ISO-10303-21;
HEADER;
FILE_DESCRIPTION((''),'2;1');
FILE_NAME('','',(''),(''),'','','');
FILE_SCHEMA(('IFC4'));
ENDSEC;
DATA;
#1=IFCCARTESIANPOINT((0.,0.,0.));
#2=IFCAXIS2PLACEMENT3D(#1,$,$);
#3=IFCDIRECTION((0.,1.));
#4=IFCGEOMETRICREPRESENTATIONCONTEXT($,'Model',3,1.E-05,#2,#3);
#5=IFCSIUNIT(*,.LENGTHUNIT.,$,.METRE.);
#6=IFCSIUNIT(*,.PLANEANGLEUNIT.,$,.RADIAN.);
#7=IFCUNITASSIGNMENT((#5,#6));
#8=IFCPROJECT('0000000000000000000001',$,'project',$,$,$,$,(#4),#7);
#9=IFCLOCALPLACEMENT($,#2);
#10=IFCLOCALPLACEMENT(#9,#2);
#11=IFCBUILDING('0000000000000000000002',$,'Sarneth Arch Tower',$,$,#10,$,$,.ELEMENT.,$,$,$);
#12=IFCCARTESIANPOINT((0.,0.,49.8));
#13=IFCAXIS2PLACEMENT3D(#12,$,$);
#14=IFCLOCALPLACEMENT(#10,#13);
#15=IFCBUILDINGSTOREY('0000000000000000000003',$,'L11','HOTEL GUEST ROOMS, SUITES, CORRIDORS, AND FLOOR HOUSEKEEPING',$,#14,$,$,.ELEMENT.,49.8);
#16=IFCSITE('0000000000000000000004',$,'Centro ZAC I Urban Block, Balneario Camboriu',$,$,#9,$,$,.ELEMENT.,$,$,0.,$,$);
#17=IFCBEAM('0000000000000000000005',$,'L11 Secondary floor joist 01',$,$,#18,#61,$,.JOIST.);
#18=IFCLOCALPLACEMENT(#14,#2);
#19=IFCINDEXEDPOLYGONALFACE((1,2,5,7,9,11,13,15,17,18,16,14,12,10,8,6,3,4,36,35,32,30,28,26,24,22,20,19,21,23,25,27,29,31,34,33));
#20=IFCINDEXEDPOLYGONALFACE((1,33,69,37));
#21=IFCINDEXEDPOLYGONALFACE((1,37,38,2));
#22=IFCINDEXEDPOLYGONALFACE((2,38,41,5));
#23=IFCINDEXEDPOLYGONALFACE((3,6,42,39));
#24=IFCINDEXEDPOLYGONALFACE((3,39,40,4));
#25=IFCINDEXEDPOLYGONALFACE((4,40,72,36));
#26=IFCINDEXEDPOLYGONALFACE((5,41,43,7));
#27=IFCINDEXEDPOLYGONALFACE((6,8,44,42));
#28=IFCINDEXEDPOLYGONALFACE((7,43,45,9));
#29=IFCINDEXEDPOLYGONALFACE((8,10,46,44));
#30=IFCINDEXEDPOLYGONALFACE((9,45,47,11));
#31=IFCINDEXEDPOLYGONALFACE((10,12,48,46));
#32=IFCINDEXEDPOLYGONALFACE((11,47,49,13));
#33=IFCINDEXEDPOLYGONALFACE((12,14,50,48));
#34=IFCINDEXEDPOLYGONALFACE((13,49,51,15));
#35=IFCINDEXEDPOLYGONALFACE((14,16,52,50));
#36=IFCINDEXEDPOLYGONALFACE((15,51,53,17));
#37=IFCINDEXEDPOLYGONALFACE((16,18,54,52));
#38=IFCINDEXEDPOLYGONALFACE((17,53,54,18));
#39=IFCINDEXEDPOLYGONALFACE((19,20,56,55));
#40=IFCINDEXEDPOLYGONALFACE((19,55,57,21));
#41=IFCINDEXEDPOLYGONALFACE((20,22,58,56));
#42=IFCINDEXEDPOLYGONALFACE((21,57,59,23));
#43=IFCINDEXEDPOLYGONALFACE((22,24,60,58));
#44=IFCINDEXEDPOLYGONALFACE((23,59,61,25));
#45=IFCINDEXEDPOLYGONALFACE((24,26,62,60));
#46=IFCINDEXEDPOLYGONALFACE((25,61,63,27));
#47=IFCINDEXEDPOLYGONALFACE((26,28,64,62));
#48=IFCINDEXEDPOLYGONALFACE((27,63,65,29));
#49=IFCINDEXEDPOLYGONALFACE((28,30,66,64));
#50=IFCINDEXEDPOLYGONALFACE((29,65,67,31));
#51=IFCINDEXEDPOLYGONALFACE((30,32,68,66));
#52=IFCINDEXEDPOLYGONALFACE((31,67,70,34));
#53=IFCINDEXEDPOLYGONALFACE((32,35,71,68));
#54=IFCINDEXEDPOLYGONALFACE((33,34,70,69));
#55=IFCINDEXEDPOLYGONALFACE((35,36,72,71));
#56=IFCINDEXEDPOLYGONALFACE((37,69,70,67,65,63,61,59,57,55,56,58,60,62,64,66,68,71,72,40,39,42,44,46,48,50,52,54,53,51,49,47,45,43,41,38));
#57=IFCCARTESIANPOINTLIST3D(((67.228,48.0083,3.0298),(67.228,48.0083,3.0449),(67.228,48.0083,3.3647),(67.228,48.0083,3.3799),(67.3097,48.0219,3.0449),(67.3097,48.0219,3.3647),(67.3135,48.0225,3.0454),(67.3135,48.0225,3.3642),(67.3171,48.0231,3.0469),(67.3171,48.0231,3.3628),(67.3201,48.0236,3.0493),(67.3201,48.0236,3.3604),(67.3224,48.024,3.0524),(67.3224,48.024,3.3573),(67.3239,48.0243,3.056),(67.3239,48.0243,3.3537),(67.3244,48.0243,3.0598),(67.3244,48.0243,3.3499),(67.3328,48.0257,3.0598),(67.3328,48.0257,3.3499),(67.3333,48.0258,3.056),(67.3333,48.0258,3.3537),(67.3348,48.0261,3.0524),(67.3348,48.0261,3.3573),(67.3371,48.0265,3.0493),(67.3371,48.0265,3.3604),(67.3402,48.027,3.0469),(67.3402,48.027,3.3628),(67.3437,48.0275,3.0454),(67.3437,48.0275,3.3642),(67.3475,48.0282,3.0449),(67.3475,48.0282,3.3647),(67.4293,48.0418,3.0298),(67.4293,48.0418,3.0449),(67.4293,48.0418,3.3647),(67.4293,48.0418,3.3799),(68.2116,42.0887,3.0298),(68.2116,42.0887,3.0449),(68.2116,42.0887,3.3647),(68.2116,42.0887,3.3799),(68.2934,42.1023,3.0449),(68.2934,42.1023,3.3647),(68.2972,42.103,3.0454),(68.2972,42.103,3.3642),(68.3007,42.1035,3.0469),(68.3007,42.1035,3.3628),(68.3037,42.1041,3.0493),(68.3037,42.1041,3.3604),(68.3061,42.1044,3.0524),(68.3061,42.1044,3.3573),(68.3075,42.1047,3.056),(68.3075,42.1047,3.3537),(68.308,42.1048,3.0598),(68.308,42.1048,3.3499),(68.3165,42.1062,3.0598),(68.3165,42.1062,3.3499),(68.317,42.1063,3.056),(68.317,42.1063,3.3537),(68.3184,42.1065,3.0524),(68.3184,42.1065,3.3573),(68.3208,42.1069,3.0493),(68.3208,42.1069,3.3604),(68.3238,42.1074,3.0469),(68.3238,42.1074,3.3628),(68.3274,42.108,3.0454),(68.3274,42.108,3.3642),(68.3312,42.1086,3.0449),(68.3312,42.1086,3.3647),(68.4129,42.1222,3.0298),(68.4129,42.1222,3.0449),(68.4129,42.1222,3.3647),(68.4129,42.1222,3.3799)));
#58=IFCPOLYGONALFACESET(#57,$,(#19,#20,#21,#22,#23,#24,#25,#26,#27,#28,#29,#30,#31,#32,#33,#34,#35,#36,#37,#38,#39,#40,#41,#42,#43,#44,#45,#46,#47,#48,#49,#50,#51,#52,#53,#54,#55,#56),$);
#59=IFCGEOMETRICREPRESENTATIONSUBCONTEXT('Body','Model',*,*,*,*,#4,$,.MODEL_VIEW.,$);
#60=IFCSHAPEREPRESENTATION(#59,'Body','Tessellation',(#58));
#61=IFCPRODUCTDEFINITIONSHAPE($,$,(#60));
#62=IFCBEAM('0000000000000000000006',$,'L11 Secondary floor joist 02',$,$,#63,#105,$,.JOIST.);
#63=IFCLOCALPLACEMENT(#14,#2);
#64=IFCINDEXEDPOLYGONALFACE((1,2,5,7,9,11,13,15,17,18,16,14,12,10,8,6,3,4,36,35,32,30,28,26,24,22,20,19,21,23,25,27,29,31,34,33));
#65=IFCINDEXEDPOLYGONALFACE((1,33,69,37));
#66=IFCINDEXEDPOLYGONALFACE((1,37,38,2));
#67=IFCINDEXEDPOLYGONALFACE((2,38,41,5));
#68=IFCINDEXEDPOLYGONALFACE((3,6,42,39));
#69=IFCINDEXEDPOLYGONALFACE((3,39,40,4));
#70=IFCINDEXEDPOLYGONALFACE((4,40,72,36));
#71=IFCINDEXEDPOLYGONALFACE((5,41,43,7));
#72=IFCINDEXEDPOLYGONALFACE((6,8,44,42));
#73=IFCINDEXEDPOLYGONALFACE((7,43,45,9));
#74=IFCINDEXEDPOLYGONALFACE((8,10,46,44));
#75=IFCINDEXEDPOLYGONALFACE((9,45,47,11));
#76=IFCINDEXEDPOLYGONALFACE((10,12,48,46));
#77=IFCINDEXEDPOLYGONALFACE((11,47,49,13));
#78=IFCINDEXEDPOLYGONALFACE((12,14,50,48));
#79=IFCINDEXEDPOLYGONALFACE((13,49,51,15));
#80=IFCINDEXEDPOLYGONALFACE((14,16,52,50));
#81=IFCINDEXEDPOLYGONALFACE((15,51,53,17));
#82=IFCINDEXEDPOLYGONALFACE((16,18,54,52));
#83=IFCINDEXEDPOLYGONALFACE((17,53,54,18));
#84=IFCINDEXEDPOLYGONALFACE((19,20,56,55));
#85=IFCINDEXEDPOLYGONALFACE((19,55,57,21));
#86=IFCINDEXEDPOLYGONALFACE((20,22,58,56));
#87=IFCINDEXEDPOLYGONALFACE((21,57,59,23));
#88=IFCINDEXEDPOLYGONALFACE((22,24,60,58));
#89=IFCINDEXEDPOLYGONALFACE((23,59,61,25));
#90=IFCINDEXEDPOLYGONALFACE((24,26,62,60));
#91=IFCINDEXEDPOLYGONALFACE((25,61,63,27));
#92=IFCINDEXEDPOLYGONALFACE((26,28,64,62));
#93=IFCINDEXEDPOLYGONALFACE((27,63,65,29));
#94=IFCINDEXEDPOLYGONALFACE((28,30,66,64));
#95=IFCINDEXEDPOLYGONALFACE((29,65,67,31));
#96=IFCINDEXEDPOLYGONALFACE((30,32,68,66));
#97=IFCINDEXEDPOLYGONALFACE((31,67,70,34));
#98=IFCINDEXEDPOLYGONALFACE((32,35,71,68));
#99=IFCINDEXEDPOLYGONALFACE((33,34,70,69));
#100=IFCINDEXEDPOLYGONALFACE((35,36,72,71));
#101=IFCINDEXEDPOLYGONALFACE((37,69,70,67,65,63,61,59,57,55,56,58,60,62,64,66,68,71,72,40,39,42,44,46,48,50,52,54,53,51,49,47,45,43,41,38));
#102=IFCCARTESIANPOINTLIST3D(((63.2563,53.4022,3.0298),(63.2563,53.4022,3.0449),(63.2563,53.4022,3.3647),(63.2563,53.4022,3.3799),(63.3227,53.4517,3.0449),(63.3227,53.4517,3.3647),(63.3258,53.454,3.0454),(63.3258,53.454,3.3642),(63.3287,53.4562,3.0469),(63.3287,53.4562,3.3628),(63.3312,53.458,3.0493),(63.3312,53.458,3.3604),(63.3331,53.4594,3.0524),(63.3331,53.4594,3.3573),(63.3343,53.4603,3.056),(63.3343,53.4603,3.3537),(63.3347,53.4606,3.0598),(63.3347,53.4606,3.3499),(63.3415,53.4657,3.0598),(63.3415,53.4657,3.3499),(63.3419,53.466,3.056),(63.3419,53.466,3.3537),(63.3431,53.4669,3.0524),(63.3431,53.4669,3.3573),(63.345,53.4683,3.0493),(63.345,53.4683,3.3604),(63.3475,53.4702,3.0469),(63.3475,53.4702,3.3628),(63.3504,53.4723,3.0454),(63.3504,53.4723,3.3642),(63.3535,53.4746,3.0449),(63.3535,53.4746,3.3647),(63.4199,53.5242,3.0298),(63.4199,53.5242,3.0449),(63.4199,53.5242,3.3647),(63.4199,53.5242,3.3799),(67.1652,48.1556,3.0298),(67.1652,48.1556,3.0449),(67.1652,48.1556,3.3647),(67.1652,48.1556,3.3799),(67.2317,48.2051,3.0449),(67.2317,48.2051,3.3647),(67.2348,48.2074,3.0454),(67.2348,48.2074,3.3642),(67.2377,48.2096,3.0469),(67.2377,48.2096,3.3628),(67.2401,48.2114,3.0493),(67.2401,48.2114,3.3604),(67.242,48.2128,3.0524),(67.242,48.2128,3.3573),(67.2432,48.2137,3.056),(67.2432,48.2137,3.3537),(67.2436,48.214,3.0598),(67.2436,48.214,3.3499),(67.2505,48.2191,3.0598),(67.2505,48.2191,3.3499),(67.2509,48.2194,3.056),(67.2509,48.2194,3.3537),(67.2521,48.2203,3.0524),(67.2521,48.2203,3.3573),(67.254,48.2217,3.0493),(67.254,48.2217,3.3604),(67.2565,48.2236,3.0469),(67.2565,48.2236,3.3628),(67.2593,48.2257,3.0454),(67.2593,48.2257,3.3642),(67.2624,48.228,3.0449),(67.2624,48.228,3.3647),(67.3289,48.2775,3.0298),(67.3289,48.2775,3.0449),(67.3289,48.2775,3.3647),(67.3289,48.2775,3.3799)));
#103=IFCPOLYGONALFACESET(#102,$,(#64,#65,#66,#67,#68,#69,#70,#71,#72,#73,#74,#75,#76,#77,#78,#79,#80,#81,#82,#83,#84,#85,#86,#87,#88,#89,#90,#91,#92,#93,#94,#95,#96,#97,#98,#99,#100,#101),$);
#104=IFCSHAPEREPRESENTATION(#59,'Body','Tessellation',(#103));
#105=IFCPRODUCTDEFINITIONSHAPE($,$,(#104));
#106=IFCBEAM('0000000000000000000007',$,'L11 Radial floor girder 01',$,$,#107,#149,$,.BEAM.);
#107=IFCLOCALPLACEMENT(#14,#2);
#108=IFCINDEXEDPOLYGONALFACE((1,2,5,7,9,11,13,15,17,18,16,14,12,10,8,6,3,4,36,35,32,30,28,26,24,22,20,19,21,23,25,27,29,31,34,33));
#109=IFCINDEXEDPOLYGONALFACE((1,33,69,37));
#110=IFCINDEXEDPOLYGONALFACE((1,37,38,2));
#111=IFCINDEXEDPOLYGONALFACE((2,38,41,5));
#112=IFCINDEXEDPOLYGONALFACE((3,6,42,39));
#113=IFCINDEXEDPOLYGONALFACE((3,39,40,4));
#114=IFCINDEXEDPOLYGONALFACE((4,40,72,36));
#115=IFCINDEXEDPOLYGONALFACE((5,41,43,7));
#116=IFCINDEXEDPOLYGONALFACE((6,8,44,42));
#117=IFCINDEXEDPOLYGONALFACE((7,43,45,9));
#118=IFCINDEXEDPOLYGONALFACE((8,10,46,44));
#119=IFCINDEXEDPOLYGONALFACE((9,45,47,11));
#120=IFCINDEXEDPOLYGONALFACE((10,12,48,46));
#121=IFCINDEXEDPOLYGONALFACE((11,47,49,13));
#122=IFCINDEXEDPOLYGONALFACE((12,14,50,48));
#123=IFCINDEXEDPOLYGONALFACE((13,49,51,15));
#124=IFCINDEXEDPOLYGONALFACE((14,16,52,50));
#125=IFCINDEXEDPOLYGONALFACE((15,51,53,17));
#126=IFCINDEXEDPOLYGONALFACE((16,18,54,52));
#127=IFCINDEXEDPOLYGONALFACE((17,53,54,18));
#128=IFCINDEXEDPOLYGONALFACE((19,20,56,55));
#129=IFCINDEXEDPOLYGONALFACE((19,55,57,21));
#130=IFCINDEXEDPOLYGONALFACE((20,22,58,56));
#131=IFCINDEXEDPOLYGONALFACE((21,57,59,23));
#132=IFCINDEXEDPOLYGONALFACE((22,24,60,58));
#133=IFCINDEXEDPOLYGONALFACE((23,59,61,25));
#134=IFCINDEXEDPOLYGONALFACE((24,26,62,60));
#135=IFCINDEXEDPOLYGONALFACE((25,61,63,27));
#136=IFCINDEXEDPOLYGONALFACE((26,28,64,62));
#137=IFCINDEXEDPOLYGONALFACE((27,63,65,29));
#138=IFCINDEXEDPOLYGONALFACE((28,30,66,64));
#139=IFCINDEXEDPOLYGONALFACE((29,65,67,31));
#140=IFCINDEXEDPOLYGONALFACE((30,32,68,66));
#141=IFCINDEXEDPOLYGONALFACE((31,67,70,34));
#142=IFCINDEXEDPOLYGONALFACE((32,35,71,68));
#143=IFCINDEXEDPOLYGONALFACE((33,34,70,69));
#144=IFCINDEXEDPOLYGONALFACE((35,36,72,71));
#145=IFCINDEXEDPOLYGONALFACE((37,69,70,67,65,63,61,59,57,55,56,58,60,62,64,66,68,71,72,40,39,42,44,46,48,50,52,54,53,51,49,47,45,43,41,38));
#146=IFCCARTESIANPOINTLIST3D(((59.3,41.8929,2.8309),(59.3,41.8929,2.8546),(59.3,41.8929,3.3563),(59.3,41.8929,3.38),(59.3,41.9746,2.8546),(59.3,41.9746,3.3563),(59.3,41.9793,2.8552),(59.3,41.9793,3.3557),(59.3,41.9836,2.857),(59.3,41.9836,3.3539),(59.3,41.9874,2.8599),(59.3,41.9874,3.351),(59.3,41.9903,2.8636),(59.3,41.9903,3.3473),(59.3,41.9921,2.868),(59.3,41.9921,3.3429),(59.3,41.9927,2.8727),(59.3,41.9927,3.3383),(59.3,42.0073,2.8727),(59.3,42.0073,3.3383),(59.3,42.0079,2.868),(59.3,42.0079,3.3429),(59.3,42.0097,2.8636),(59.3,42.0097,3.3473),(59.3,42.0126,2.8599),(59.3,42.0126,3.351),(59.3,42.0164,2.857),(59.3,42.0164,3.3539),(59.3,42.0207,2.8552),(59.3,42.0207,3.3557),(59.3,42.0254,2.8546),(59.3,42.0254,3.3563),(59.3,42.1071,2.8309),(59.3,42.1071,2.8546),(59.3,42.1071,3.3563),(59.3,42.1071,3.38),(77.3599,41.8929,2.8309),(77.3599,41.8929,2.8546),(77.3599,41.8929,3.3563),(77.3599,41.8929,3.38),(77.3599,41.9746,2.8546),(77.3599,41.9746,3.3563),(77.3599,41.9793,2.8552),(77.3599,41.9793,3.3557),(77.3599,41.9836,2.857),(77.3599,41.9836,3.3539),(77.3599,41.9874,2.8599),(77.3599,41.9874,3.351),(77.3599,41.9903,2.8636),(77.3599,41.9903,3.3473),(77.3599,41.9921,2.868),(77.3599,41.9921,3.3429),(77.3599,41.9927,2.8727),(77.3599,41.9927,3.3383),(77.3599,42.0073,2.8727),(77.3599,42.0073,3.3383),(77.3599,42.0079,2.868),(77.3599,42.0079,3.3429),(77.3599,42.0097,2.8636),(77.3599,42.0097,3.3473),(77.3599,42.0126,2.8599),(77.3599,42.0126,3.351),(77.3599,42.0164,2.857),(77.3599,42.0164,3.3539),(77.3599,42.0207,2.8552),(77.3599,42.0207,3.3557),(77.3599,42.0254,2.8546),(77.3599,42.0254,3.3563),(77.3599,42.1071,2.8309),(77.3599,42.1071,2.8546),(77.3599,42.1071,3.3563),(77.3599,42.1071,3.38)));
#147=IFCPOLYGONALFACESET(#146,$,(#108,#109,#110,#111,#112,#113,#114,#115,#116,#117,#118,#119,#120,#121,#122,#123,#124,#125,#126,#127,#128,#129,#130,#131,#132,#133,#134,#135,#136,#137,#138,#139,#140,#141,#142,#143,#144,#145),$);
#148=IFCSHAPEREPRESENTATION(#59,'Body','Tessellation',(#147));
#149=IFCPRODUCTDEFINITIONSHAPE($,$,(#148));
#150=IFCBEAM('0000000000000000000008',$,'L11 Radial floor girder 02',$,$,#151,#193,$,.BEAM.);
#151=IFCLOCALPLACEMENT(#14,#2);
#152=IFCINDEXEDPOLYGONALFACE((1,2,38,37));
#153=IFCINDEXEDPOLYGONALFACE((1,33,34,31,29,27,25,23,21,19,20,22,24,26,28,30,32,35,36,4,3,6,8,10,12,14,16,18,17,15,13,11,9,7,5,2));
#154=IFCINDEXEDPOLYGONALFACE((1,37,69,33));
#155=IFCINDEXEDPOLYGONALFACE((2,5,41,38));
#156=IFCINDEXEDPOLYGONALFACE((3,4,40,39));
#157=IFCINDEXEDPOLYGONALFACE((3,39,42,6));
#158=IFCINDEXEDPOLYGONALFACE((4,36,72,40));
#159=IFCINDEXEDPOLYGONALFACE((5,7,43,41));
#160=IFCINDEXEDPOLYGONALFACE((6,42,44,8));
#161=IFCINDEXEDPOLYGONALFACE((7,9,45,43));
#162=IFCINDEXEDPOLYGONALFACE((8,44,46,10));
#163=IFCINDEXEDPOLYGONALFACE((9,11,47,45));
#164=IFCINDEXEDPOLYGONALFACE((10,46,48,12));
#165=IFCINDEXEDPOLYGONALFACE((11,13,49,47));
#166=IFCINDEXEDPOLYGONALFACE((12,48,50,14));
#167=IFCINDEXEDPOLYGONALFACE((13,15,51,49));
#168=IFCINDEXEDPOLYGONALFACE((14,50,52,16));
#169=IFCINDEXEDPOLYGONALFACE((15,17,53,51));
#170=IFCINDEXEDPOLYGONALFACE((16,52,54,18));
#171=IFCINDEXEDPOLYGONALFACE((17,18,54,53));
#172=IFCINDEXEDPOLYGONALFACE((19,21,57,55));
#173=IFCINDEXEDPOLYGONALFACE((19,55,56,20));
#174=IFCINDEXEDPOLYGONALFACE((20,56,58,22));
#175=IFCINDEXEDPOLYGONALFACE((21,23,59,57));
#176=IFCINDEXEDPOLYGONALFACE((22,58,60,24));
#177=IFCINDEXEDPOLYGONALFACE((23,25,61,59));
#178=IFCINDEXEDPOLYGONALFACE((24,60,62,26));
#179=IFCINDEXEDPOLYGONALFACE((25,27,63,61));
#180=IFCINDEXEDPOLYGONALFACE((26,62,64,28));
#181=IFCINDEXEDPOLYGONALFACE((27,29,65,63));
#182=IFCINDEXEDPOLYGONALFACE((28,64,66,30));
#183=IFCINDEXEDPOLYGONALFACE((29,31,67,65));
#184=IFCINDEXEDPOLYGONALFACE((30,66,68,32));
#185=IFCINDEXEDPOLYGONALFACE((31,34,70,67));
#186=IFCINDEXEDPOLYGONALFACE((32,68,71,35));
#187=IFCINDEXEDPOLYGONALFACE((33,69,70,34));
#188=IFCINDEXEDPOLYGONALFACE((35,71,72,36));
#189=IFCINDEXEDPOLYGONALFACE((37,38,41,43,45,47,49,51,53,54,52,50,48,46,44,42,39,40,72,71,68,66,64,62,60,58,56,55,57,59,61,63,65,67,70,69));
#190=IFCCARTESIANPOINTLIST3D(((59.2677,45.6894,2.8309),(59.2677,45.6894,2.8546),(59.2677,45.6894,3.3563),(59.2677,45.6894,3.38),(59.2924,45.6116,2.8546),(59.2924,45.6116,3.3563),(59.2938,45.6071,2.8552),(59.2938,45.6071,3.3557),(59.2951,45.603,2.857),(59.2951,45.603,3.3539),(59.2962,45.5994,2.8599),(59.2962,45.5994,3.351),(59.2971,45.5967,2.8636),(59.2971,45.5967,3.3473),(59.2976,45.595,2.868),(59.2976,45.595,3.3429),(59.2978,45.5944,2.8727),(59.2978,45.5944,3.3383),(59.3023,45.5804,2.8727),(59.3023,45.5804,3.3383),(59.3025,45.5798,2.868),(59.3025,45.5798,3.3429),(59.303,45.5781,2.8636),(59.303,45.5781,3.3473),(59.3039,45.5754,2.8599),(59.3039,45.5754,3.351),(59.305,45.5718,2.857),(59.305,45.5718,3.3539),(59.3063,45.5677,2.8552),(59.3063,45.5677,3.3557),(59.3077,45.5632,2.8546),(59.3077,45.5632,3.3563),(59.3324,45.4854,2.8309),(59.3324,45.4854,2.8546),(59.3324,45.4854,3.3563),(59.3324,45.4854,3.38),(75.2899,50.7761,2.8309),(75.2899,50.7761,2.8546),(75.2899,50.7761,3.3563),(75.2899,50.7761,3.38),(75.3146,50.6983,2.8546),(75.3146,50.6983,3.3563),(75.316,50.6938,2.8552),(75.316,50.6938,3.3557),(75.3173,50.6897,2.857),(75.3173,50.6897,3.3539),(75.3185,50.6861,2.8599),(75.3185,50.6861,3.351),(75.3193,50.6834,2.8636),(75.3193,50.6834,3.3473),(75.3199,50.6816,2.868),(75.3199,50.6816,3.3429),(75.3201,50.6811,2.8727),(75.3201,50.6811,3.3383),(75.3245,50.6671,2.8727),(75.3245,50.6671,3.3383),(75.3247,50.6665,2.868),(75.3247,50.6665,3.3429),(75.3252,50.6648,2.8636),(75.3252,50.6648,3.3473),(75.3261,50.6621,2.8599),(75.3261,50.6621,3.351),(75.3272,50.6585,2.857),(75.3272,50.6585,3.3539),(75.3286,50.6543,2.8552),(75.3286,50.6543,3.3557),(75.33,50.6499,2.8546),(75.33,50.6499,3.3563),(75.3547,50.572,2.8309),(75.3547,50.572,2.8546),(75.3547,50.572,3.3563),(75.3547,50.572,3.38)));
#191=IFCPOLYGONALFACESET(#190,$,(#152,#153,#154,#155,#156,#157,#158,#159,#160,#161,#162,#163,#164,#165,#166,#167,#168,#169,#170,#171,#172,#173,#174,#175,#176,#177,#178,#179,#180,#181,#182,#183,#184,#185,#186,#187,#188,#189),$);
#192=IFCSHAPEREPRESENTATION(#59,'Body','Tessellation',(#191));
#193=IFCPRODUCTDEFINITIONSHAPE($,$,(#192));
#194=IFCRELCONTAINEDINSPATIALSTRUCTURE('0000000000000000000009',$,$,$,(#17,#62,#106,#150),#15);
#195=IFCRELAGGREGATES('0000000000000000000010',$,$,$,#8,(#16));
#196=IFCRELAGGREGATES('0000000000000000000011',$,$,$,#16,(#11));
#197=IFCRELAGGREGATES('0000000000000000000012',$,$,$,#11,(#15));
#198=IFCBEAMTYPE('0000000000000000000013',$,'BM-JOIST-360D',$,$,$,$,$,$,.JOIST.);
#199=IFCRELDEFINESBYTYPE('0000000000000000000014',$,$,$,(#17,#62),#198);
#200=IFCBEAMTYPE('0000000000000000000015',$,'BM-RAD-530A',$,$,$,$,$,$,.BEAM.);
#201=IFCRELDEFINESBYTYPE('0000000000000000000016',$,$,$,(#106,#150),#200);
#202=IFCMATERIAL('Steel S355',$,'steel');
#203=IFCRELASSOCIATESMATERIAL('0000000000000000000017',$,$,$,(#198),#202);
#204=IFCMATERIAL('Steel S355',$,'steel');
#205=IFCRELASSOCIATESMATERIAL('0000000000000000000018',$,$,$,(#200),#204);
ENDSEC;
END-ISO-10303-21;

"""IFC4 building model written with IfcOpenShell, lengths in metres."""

from ifc_helpers import new_model, si_unit, direction, frame, origin, origin_2d, place, context, subcontext, project, spatial, i_section, extrude, material, material_profile, profile_set, type_object, element, save


model = new_model("IFC4")

# Units and contexts
model_context = context("Model", 3, precision=1e-05, world=origin(), true_north=direction((0.0, 1.0)))
body_context = subcontext(model_context, "Body", "Model", "MODEL_VIEW")
ifc_project = project(units=[si_unit("LENGTHUNIT", "METRE"), si_unit("PLANEANGLEUNIT", "RADIAN")], contexts=[model_context])

# Site, building, storey
site_placement = place(None, origin())
site = spatial("IfcSite", under=ifc_project, at=site_placement, Name="Centro ZAC I Urban Block, Balneario Camboriu", CompositionType="ELEMENT", RefElevation=0.0)
building_placement = place(site_placement, origin())
building = spatial("IfcBuilding", under=site, at=building_placement, Name="Sarneth Arch Tower", CompositionType="ELEMENT")
storey_placement = place(building_placement, frame((0.0, 0.0, 49.8)))
storey = spatial("IfcBuildingStorey", under=building, at=storey_placement, Name="L11", Description="HOTEL GUEST ROOMS, SUITES, CORRIDORS, AND FLOOR HOUSEKEEPING", CompositionType="ELEMENT", Elevation=49.8)

# Beams
ifc_material_1 = material(Name="Steel S355", Category="steel")
ifc_material_profile_1 = material_profile(ifc_material_1, i_section(OverallWidth=0.2041, OverallDepth=0.3501, WebThickness=0.0085, FlangeThickness=0.0151, FilletRadius=0.0149, at=origin_2d()), Name="W360x72")
ifc_profile_set_1 = profile_set([ifc_material_profile_1], Name="Steel S355")
beam_type_1 = type_object("IfcBeamType", Name="BM-JOIST-360D", PredefinedType="JOIST", material=ifc_profile_set_1)
beam_1_placement = place(storey_placement, frame((68.3123, 42.1055, 3.2048), z_axis=(-0.163917, 0.986474, 0.0), x_axis=(-0.986474, -0.163917, 0.0)))
element("IfcBeam", 1, at=beam_1_placement, inside=storey, type_object=beam_type_1, Name="L11 Secondary floor joist 01", PredefinedType="JOIST", context=body_context, shape_type="SweptSolid", body=[
    extrude(i_section(OverallWidth=0.2041, OverallDepth=0.3501, WebThickness=0.0085, FlangeThickness=0.0151, FilletRadius=0.0149, at=origin_2d()), origin(), (0.0, 0.0, 1.0), 6.0007),
])
beam_2_placement = place(storey_placement, frame((67.2471, 48.2166, 3.2048), z_axis=(-0.597454, 0.801904, 0.0), x_axis=(-0.801904, -0.597454, 0.0)))
element("IfcBeam", 2, at=beam_2_placement, inside=storey, type_object=beam_type_1, Name="L11 Secondary floor joist 02", PredefinedType="JOIST", context=body_context, shape_type="SweptSolid", body=[
    extrude(i_section(OverallWidth=0.2041, OverallDepth=0.3501, WebThickness=0.0085, FlangeThickness=0.0151, FilletRadius=0.0149, at=origin_2d()), origin(), (0.0, 0.0, 1.0), 6.5427),
])
ifc_material_2 = material(Name="Steel S355", Category="steel")
ifc_material_profile_2 = material_profile(ifc_material_2, i_section(OverallWidth=0.2141, OverallDepth=0.5491, WebThickness=0.0146, FlangeThickness=0.0237, FilletRadius=0.0181, at=origin_2d()), Name="W530x138")
ifc_profile_set_2 = profile_set([ifc_material_profile_2], Name="Steel S355")
beam_type_2 = type_object("IfcBeamType", Name="BM-RAD-530A", PredefinedType="BEAM", material=ifc_profile_set_2)
beam_3_placement = place(storey_placement, frame((59.3, 42.0, 3.1055), z_axis=(1.0, 0.0, 0.0), x_axis=(0.0, 1.0, 0.0)))
element("IfcBeam", 3, at=beam_3_placement, inside=storey, type_object=beam_type_2, Name="L11 Radial floor girder 01", PredefinedType="BEAM", context=body_context, shape_type="SweptSolid", body=[
    extrude(i_section(OverallWidth=0.2141, OverallDepth=0.5491, WebThickness=0.0146, FlangeThickness=0.0237, FilletRadius=0.0181, at=origin_2d()), origin(), (0.0, 0.0, 1.0), 18.0598),
])
beam_4_placement = place(storey_placement, frame((59.3, 45.5874, 3.1055), z_axis=(0.95312, 0.302593, 0.0), x_axis=(-0.302593, 0.95312, 0.0)))
element("IfcBeam", 4, at=beam_4_placement, inside=storey, type_object=beam_type_2, Name="L11 Radial floor girder 02", PredefinedType="BEAM", context=body_context, shape_type="SweptSolid", body=[
    extrude(i_section(OverallWidth=0.2141, OverallDepth=0.5491, WebThickness=0.0146, FlangeThickness=0.0237, FilletRadius=0.0181, at=origin_2d()), origin(), (0.0, 0.0, 1.0), 16.8103),
])

save(model, "model.ifc")
